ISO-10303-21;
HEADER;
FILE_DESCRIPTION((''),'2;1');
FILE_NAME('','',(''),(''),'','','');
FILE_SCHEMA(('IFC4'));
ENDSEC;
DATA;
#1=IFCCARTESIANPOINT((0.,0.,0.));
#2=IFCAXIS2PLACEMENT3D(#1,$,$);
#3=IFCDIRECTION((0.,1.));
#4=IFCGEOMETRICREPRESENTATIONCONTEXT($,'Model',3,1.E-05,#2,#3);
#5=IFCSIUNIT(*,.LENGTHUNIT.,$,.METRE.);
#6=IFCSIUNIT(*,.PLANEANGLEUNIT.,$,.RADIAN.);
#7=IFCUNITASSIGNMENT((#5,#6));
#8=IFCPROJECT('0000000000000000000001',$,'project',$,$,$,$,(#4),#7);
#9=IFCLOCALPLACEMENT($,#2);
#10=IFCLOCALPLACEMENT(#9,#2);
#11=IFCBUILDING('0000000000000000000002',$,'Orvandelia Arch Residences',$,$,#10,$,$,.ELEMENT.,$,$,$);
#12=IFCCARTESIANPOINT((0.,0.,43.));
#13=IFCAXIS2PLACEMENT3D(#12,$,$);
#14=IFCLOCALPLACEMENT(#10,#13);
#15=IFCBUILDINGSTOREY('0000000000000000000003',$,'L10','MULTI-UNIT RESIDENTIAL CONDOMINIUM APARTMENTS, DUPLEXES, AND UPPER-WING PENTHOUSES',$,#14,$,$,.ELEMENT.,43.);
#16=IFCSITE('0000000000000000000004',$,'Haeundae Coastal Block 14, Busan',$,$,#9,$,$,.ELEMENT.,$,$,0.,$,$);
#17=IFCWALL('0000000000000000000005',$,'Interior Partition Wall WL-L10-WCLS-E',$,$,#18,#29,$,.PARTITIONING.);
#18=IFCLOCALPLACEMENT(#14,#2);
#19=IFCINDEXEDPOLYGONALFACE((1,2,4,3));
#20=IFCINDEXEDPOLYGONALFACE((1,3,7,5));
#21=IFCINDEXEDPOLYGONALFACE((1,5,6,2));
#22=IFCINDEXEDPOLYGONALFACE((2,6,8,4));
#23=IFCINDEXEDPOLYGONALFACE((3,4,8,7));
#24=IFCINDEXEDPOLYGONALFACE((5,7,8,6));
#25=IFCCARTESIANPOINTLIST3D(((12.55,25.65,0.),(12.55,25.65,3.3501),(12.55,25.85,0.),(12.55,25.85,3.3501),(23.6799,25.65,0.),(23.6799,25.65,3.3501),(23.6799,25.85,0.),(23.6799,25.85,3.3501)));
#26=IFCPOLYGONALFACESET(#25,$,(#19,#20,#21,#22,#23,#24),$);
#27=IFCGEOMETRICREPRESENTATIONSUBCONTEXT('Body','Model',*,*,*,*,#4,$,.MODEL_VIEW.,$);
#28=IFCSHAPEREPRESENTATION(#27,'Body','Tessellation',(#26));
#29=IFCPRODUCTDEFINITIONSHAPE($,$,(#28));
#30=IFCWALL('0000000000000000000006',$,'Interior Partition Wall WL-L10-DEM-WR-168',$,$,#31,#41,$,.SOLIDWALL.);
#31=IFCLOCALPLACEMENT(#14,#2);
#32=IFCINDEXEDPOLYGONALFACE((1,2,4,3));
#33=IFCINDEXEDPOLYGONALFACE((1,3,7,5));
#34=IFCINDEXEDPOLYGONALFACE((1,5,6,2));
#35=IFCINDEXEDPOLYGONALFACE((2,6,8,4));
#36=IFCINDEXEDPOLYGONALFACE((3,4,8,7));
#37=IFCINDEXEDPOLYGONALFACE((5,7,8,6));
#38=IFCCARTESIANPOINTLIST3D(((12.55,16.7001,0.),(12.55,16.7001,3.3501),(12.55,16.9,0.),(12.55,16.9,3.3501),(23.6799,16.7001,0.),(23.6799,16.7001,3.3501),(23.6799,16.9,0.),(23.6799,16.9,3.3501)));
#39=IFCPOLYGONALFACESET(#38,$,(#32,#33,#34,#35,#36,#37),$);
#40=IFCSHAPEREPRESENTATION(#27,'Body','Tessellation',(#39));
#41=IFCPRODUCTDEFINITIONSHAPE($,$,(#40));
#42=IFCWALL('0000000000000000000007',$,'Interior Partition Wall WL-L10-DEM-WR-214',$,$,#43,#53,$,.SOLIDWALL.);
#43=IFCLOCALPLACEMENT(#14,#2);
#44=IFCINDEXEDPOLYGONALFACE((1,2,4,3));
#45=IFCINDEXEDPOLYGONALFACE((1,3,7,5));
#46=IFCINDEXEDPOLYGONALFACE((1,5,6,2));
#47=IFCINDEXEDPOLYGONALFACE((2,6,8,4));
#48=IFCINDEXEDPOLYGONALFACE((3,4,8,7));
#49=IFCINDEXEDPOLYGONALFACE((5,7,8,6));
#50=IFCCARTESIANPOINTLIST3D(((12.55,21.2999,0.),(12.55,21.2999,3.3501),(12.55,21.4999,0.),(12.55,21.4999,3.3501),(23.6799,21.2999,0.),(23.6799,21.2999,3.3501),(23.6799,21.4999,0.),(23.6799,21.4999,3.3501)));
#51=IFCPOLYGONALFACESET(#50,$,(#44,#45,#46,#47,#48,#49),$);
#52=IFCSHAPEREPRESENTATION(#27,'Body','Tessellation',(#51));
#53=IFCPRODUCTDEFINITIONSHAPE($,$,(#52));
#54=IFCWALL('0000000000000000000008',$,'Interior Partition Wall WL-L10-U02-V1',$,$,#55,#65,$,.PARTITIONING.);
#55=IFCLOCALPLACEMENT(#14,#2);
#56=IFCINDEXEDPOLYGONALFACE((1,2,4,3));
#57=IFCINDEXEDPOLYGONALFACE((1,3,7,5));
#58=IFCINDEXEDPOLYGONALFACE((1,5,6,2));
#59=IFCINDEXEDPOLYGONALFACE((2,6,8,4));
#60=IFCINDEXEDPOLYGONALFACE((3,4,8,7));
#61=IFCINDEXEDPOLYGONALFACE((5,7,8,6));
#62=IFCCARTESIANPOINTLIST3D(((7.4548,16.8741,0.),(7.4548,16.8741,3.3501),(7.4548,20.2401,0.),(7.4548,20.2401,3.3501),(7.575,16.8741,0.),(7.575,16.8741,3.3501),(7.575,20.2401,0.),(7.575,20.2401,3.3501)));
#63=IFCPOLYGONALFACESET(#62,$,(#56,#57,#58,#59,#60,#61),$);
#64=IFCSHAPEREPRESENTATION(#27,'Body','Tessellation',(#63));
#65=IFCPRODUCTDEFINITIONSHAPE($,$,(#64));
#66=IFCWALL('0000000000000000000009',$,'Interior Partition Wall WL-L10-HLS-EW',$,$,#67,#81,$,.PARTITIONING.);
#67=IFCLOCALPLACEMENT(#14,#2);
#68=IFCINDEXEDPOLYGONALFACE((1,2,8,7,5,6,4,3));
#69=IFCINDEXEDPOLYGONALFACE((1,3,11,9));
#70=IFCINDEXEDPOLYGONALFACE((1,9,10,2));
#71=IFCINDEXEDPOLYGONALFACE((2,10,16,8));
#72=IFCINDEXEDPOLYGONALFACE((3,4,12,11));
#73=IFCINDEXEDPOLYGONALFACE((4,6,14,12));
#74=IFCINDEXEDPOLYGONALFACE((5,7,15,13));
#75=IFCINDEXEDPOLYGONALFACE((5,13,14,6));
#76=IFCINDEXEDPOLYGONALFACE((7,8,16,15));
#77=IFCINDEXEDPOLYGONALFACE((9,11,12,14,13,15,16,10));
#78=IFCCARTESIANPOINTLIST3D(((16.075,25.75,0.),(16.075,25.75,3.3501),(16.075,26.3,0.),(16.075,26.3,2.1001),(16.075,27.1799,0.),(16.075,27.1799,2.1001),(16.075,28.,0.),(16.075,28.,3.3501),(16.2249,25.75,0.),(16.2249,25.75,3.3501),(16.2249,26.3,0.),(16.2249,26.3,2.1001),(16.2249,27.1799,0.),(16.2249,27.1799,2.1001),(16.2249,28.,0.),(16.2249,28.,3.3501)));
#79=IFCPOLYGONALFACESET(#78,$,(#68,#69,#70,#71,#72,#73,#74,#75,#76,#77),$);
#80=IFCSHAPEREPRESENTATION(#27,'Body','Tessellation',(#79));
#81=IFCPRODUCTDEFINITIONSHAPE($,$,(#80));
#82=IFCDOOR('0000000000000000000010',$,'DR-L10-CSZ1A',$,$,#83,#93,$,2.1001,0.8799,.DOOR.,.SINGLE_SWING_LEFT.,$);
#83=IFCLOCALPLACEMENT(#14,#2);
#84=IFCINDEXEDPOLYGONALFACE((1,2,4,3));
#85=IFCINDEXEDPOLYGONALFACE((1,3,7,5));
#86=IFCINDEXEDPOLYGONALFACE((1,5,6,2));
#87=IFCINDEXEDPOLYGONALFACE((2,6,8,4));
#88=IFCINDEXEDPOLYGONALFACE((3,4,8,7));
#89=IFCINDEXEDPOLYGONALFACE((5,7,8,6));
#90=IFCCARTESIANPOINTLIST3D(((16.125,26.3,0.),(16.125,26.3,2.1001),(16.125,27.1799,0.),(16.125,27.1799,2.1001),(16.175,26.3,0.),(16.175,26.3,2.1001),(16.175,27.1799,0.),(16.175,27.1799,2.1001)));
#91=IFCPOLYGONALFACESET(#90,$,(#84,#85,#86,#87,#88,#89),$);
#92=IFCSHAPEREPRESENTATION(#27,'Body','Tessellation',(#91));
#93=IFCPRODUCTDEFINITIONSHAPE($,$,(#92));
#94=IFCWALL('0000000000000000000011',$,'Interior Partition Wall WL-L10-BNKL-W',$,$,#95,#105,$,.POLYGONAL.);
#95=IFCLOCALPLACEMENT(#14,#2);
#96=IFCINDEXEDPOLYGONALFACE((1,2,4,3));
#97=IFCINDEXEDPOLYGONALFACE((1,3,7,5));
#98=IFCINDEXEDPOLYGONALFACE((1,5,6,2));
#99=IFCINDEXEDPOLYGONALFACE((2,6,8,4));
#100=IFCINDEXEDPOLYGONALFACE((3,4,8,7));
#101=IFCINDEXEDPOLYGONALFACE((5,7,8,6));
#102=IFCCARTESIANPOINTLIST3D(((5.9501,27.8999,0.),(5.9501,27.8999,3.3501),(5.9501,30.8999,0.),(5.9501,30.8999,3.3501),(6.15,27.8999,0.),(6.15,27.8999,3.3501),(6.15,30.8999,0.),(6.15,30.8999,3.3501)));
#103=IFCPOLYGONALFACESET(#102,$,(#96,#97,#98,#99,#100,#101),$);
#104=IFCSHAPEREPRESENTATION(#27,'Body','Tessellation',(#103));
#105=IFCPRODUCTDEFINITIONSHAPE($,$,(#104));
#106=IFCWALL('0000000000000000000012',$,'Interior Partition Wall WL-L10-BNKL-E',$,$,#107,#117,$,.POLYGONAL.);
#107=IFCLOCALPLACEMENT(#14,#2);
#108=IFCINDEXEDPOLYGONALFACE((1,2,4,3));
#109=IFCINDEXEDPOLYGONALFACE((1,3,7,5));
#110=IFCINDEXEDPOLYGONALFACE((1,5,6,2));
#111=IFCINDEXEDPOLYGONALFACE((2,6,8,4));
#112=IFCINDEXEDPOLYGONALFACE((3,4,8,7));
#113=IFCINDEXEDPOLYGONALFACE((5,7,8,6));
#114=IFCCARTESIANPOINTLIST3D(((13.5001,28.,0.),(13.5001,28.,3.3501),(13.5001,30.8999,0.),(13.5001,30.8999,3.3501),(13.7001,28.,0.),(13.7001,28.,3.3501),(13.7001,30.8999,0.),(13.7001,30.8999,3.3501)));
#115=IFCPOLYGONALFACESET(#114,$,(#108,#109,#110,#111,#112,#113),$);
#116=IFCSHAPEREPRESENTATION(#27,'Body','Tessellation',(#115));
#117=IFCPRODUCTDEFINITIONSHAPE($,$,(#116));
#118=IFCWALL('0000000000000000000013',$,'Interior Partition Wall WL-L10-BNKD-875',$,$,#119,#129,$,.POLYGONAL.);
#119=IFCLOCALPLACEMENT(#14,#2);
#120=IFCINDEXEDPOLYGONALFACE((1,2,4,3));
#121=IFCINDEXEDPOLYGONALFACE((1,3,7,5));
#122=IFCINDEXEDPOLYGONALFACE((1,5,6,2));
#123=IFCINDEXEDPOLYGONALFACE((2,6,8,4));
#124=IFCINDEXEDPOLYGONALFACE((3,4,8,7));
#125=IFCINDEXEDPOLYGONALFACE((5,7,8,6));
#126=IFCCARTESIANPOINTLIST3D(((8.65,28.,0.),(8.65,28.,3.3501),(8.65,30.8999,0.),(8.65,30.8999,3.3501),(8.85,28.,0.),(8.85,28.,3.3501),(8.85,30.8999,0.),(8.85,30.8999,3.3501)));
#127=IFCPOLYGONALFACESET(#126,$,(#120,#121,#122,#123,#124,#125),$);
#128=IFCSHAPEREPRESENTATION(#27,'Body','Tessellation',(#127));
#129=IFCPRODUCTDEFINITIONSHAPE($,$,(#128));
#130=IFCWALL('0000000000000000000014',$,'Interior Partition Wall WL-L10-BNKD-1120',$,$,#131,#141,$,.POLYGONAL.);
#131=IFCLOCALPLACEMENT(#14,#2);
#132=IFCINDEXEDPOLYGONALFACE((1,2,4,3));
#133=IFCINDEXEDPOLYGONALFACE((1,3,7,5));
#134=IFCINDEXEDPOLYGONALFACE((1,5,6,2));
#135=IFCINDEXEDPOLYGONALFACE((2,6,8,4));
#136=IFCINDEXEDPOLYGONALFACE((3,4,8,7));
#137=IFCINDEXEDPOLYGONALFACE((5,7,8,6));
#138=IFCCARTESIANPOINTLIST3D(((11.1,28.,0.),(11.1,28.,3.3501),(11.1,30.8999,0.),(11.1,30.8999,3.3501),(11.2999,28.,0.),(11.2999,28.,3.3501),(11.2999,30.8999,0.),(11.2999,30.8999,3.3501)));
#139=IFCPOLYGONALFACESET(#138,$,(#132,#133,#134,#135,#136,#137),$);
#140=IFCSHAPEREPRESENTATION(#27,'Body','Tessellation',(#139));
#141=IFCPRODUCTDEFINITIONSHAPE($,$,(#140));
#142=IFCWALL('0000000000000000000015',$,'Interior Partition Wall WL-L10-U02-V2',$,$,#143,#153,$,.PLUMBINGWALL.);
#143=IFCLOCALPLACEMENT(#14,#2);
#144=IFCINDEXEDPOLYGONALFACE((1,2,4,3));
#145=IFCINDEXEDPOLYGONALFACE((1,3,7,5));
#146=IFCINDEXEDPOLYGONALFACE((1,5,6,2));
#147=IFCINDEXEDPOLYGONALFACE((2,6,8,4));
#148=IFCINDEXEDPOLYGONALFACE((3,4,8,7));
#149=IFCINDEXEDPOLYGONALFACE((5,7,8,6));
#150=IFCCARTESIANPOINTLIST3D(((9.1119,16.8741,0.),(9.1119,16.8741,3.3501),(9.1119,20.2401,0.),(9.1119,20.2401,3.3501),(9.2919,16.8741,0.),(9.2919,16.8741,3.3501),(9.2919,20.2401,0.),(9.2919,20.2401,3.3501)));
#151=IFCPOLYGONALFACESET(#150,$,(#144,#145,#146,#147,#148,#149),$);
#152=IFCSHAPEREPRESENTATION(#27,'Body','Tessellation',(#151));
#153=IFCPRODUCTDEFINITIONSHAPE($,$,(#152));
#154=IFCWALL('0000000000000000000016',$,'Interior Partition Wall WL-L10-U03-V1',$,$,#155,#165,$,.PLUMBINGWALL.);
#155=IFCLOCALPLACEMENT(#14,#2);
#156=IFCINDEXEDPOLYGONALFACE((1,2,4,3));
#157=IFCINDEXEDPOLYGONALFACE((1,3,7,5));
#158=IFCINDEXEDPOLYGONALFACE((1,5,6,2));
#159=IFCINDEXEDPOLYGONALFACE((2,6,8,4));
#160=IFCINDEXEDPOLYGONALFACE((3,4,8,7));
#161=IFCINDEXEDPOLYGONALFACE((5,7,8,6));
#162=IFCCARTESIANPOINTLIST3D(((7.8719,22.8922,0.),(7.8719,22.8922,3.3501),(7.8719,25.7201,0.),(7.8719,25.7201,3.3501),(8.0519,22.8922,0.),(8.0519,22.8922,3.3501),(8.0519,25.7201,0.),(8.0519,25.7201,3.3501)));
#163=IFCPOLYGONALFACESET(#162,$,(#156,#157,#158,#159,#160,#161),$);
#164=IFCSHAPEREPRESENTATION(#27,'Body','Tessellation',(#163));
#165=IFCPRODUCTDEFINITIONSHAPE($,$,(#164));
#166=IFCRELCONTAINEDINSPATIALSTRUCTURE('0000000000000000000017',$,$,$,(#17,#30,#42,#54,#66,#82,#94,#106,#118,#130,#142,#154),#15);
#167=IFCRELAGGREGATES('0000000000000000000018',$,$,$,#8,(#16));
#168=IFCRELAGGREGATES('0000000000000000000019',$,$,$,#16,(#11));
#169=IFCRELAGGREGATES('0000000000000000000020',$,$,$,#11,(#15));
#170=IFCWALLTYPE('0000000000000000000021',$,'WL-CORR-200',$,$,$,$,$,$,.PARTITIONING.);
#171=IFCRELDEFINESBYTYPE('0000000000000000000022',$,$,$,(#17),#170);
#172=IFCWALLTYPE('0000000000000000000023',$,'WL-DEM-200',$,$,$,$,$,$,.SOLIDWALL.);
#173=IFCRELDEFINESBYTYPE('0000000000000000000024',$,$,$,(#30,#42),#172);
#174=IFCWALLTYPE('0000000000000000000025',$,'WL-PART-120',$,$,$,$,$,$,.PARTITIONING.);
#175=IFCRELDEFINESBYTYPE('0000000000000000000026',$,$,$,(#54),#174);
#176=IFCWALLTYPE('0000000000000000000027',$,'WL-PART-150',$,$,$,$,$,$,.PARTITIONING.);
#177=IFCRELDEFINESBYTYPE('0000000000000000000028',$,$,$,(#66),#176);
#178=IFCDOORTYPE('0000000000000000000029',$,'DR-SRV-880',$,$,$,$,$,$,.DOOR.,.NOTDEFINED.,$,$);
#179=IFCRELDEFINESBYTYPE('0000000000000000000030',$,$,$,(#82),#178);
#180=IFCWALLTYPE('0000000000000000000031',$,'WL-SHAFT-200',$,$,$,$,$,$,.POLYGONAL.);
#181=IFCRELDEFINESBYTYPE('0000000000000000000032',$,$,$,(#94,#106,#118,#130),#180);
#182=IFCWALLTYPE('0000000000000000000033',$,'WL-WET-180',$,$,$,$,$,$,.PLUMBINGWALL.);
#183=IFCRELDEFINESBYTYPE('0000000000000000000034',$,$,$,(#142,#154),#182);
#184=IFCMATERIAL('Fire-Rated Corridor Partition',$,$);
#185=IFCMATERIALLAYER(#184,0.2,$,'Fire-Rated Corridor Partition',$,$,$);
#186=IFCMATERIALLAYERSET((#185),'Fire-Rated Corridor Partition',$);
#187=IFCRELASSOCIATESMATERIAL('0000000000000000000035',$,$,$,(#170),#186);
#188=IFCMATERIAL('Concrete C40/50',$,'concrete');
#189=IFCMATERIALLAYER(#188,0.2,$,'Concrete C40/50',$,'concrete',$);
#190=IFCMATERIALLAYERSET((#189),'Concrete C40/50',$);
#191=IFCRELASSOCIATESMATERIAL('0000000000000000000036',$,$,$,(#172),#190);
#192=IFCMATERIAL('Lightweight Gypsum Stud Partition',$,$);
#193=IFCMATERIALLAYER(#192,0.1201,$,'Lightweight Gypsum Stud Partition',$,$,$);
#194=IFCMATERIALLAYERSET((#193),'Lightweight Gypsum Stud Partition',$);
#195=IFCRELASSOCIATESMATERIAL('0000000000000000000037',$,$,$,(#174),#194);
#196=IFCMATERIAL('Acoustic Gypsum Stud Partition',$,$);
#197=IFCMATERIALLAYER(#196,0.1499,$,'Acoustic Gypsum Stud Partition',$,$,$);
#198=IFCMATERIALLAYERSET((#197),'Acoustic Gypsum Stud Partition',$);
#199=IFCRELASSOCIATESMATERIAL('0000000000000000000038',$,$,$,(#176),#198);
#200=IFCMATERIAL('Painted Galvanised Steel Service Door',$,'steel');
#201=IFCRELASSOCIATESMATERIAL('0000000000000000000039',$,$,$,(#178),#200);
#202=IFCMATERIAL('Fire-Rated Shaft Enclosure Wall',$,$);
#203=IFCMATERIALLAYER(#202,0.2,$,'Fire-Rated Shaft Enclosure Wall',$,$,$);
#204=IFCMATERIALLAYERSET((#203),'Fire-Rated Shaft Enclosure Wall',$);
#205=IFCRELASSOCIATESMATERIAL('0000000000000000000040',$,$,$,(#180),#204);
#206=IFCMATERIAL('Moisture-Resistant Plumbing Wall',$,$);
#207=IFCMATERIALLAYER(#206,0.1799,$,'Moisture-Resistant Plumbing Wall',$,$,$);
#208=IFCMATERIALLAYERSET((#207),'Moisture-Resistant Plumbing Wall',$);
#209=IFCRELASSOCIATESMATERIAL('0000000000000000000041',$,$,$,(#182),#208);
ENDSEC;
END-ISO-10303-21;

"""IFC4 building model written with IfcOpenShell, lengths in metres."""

from ifc_helpers import new_model, si_unit, direction, frame, frame_2d, origin, place, context, subcontext, project, spatial, rectangle, extrude, material, layer, layer_set, type_object, element, fill, save


model = new_model("IFC4")

# Units and contexts
model_context = context("Model", 3, precision=1e-05, world=origin(), true_north=direction((0.0, 1.0)))
body_context = subcontext(model_context, "Body", "Model", "MODEL_VIEW")
ifc_project = project(units=[si_unit("LENGTHUNIT", "METRE"), si_unit("PLANEANGLEUNIT", "RADIAN")], contexts=[model_context])

# Site, building, storey
site_placement = place(None, origin())
site = spatial("IfcSite", under=ifc_project, at=site_placement, Name="Haeundae Coastal Block 14, Busan", CompositionType="ELEMENT", RefElevation=0.0)
building_placement = place(site_placement, origin())
building = spatial("IfcBuilding", under=site, at=building_placement, Name="Orvandelia Arch Residences", CompositionType="ELEMENT")
storey_placement = place(building_placement, frame((0.0, 0.0, 43.0)))
storey = spatial("IfcBuildingStorey", under=building, at=storey_placement, Name="L10", Description="MULTI-UNIT RESIDENTIAL CONDOMINIUM APARTMENTS, DUPLEXES, AND UPPER-WING PENTHOUSES", CompositionType="ELEMENT", Elevation=43.0)

# Walls
ifc_material_1 = material(Name="Fire-Rated Corridor Partition")
ifc_layer_1 = layer(ifc_material_1, 0.2, Name="Fire-Rated Corridor Partition")
ifc_layer_set_1 = layer_set([ifc_layer_1], Name="Fire-Rated Corridor Partition")
wall_type_1 = type_object("IfcWallType", Name="WL-CORR-200", PredefinedType="PARTITIONING", material=ifc_layer_set_1)
wall_1_placement = place(storey_placement, frame((12.55, 25.75, 0.0), z_axis=(0.0, 0.0, 1.0), x_axis=(1.0, 0.0, 0.0)))
element("IfcWall", 1, at=wall_1_placement, inside=storey, type_object=wall_type_1, Name="Interior Partition Wall WL-L10-WCLS-E", PredefinedType="PARTITIONING", context=body_context, shape_type="SweptSolid", body=[
    extrude(rectangle(XDim=11.1299, YDim=0.2, at=frame_2d((5.5649, 0.0))), origin(), (0.0, 0.0, 1.0), 3.3501),
])
ifc_material_2 = material(Name="Concrete C40/50", Category="concrete")
ifc_layer_2 = layer(ifc_material_2, 0.2, Name="Concrete C40/50", Category="concrete")
ifc_layer_set_2 = layer_set([ifc_layer_2], Name="Concrete C40/50")
wall_type_2 = type_object("IfcWallType", Name="WL-DEM-200", PredefinedType="SOLIDWALL", material=ifc_layer_set_2)
for number, where, z_axis, x_axis, name in (
    (2, (12.55, 16.8, 0.0), (0.0, 0.0, 1.0), (1.0, 0.0, 0.0), "Interior Partition Wall WL-L10-DEM-WR-168"),
    (3, (12.55, 21.3999, 0.0), (0.0, 0.0, 1.0), (1.0, 0.0, 0.0), "Interior Partition Wall WL-L10-DEM-WR-214"),
):
    element("IfcWall", number, at=place(storey_placement, frame(where, z_axis=z_axis, x_axis=x_axis)), inside=storey, type_object=wall_type_2, Name=name, PredefinedType="SOLIDWALL", context=body_context, shape_type="SweptSolid", body=[
        extrude(rectangle(XDim=11.1299, YDim=0.2, at=frame_2d((5.5649, 0.0))), origin(), (0.0, 0.0, 1.0), 3.3501),
    ])
ifc_material_3 = material(Name="Lightweight Gypsum Stud Partition")
ifc_layer_3 = layer(ifc_material_3, 0.1201, Name="Lightweight Gypsum Stud Partition")
ifc_layer_set_3 = layer_set([ifc_layer_3], Name="Lightweight Gypsum Stud Partition")
wall_type_3 = type_object("IfcWallType", Name="WL-PART-120", PredefinedType="PARTITIONING", material=ifc_layer_set_3)
wall_2_placement = place(storey_placement, frame((7.5149, 16.874, 0.0), z_axis=(0.0, 0.0, 1.0), x_axis=(0.0, 1.0, 0.0)))
element("IfcWall", 4, at=wall_2_placement, inside=storey, type_object=wall_type_3, Name="Interior Partition Wall WL-L10-U02-V1", PredefinedType="PARTITIONING", context=body_context, shape_type="SweptSolid", body=[
    extrude(rectangle(XDim=3.366, YDim=0.1201, at=frame_2d((1.6831, 0.0))), origin(), (0.0, 0.0, 1.0), 3.3501),
])

# Wall, opening, door
ifc_material_4 = material(Name="Acoustic Gypsum Stud Partition")
ifc_layer_4 = layer(ifc_material_4, 0.1499, Name="Acoustic Gypsum Stud Partition")
ifc_layer_set_4 = layer_set([ifc_layer_4], Name="Acoustic Gypsum Stud Partition")
wall_type_4 = type_object("IfcWallType", Name="WL-PART-150", PredefinedType="PARTITIONING", material=ifc_layer_set_4)
wall_3_placement = place(storey_placement, frame((16.1499, 25.75, 0.0), z_axis=(0.0, 0.0, 1.0), x_axis=(0.0, 1.0, 0.0)))
wall_3 = element("IfcWall", 5, at=wall_3_placement, inside=storey, type_object=wall_type_4, Name="Interior Partition Wall WL-L10-HLS-EW", PredefinedType="PARTITIONING", context=body_context, shape_type="SweptSolid", body=[
    extrude(rectangle(XDim=2.25, YDim=0.1499, at=frame_2d((1.125, 0.0))), origin(), (0.0, 0.0, 1.0), 3.3501),
])
opening_1_placement = place(wall_3_placement, frame((0.55, 0.0, 0.0)))
opening_1 = element("IfcOpeningElement", 6, at=opening_1_placement, cuts=wall_3, PredefinedType="OPENING", context=body_context, shape_type="SweptSolid", body=[
    extrude(rectangle(XDim=0.8799, YDim=2.1001, at=frame_2d((0.4399, 1.05))), frame((0.0, 0.085, 0.0), z_axis=(0.0, -1.0, 0.0), x_axis=(1.0, 0.0, 0.0)), (0.0, 0.0, 1.0), 0.1699),
])
ifc_material_5 = material(Name="Painted Galvanised Steel Service Door", Category="steel")
door_type_1 = type_object("IfcDoorType", Name="DR-SRV-880", OperationType="NOTDEFINED", PredefinedType="DOOR", material=ifc_material_5)
door_1_placement = place(opening_1_placement, origin())
door_1 = element("IfcDoor", 7, at=door_1_placement, inside=storey, type_object=door_type_1, Name="DR-L10-CSZ1A", OperationType="SINGLE_SWING_LEFT", OverallHeight=2.1001, OverallWidth=0.8799, PredefinedType="DOOR", context=body_context, shape_type="SweptSolid", body=[
    extrude(rectangle(XDim=0.8799, YDim=2.1001, at=frame_2d((0.4399, 1.05))), frame((0.0, 0.0249, 0.0), z_axis=(0.0, -1.0, 0.0), x_axis=(1.0, 0.0, 0.0)), (0.0, 0.0, 1.0), 0.05),
])
fill(opening_1, door_1)

# Shared definitions
ifc_material_6 = material(Name="Fire-Rated Shaft Enclosure Wall")
ifc_layer_5 = layer(ifc_material_6, 0.2, Name="Fire-Rated Shaft Enclosure Wall")
ifc_layer_set_5 = layer_set([ifc_layer_5], Name="Fire-Rated Shaft Enclosure Wall")
wall_type_5 = type_object("IfcWallType", Name="WL-SHAFT-200", PredefinedType="POLYGONAL", material=ifc_layer_set_5)

# Walls
wall_4_placement = place(storey_placement, frame((6.05, 27.8999, 0.0), z_axis=(0.0, 0.0, 1.0), x_axis=(0.0, 1.0, 0.0)))
element("IfcWall", 8, at=wall_4_placement, inside=storey, type_object=wall_type_5, Name="Interior Partition Wall WL-L10-BNKL-W", PredefinedType="POLYGONAL", context=body_context, shape_type="SweptSolid", body=[
    extrude(rectangle(XDim=3.0, YDim=0.2, at=frame_2d((1.5, 0.0))), origin(), (0.0, 0.0, 1.0), 3.3501),
])
for number, where, z_axis, x_axis, name in (
    (9, (13.6001, 28.0, 0.0), (0.0, 0.0, 1.0), (0.0, 1.0, 0.0), "Interior Partition Wall WL-L10-BNKL-E"),
    (10, (8.75, 28.0, 0.0), (0.0, 0.0, 1.0), (0.0, 1.0, 0.0), "Interior Partition Wall WL-L10-BNKD-875"),
    (11, (11.2, 28.0, 0.0), (0.0, 0.0, 1.0), (0.0, 1.0, 0.0), "Interior Partition Wall WL-L10-BNKD-1120"),
):
    element("IfcWall", number, at=place(storey_placement, frame(where, z_axis=z_axis, x_axis=x_axis)), inside=storey, type_object=wall_type_5, Name=name, PredefinedType="POLYGONAL", context=body_context, shape_type="SweptSolid", body=[
        extrude(rectangle(XDim=2.8999, YDim=0.2, at=frame_2d((1.45, 0.0))), origin(), (0.0, 0.0, 1.0), 3.3501),
    ])
ifc_material_7 = material(Name="Moisture-Resistant Plumbing Wall")
ifc_layer_6 = layer(ifc_material_7, 0.1799, Name="Moisture-Resistant Plumbing Wall")
ifc_layer_set_6 = layer_set([ifc_layer_6], Name="Moisture-Resistant Plumbing Wall")
wall_type_6 = type_object("IfcWallType", Name="WL-WET-180", PredefinedType="PLUMBINGWALL", material=ifc_layer_set_6)
wall_5_placement = place(storey_placement, frame((9.2019, 16.874, 0.0), z_axis=(0.0, 0.0, 1.0), x_axis=(0.0, 1.0, 0.0)))
element("IfcWall", 12, at=wall_5_placement, inside=storey, type_object=wall_type_6, Name="Interior Partition Wall WL-L10-U02-V2", PredefinedType="PLUMBINGWALL", context=body_context, shape_type="SweptSolid", body=[
    extrude(rectangle(XDim=3.366, YDim=0.1799, at=frame_2d((1.6831, 0.0))), origin(), (0.0, 0.0, 1.0), 3.3501),
])
wall_6_placement = place(storey_placement, frame((7.9619, 22.8921, 0.0), z_axis=(0.0, 0.0, 1.0), x_axis=(0.0, 1.0, 0.0)))
element("IfcWall", 13, at=wall_6_placement, inside=storey, type_object=wall_type_6, Name="Interior Partition Wall WL-L10-U03-V1", PredefinedType="PLUMBINGWALL", context=body_context, shape_type="SweptSolid", body=[
    extrude(rectangle(XDim=2.8279, YDim=0.1799, at=frame_2d((1.4141, 0.0))), origin(), (0.0, 0.0, 1.0), 3.3501),
])

save(model, "model.ifc")
